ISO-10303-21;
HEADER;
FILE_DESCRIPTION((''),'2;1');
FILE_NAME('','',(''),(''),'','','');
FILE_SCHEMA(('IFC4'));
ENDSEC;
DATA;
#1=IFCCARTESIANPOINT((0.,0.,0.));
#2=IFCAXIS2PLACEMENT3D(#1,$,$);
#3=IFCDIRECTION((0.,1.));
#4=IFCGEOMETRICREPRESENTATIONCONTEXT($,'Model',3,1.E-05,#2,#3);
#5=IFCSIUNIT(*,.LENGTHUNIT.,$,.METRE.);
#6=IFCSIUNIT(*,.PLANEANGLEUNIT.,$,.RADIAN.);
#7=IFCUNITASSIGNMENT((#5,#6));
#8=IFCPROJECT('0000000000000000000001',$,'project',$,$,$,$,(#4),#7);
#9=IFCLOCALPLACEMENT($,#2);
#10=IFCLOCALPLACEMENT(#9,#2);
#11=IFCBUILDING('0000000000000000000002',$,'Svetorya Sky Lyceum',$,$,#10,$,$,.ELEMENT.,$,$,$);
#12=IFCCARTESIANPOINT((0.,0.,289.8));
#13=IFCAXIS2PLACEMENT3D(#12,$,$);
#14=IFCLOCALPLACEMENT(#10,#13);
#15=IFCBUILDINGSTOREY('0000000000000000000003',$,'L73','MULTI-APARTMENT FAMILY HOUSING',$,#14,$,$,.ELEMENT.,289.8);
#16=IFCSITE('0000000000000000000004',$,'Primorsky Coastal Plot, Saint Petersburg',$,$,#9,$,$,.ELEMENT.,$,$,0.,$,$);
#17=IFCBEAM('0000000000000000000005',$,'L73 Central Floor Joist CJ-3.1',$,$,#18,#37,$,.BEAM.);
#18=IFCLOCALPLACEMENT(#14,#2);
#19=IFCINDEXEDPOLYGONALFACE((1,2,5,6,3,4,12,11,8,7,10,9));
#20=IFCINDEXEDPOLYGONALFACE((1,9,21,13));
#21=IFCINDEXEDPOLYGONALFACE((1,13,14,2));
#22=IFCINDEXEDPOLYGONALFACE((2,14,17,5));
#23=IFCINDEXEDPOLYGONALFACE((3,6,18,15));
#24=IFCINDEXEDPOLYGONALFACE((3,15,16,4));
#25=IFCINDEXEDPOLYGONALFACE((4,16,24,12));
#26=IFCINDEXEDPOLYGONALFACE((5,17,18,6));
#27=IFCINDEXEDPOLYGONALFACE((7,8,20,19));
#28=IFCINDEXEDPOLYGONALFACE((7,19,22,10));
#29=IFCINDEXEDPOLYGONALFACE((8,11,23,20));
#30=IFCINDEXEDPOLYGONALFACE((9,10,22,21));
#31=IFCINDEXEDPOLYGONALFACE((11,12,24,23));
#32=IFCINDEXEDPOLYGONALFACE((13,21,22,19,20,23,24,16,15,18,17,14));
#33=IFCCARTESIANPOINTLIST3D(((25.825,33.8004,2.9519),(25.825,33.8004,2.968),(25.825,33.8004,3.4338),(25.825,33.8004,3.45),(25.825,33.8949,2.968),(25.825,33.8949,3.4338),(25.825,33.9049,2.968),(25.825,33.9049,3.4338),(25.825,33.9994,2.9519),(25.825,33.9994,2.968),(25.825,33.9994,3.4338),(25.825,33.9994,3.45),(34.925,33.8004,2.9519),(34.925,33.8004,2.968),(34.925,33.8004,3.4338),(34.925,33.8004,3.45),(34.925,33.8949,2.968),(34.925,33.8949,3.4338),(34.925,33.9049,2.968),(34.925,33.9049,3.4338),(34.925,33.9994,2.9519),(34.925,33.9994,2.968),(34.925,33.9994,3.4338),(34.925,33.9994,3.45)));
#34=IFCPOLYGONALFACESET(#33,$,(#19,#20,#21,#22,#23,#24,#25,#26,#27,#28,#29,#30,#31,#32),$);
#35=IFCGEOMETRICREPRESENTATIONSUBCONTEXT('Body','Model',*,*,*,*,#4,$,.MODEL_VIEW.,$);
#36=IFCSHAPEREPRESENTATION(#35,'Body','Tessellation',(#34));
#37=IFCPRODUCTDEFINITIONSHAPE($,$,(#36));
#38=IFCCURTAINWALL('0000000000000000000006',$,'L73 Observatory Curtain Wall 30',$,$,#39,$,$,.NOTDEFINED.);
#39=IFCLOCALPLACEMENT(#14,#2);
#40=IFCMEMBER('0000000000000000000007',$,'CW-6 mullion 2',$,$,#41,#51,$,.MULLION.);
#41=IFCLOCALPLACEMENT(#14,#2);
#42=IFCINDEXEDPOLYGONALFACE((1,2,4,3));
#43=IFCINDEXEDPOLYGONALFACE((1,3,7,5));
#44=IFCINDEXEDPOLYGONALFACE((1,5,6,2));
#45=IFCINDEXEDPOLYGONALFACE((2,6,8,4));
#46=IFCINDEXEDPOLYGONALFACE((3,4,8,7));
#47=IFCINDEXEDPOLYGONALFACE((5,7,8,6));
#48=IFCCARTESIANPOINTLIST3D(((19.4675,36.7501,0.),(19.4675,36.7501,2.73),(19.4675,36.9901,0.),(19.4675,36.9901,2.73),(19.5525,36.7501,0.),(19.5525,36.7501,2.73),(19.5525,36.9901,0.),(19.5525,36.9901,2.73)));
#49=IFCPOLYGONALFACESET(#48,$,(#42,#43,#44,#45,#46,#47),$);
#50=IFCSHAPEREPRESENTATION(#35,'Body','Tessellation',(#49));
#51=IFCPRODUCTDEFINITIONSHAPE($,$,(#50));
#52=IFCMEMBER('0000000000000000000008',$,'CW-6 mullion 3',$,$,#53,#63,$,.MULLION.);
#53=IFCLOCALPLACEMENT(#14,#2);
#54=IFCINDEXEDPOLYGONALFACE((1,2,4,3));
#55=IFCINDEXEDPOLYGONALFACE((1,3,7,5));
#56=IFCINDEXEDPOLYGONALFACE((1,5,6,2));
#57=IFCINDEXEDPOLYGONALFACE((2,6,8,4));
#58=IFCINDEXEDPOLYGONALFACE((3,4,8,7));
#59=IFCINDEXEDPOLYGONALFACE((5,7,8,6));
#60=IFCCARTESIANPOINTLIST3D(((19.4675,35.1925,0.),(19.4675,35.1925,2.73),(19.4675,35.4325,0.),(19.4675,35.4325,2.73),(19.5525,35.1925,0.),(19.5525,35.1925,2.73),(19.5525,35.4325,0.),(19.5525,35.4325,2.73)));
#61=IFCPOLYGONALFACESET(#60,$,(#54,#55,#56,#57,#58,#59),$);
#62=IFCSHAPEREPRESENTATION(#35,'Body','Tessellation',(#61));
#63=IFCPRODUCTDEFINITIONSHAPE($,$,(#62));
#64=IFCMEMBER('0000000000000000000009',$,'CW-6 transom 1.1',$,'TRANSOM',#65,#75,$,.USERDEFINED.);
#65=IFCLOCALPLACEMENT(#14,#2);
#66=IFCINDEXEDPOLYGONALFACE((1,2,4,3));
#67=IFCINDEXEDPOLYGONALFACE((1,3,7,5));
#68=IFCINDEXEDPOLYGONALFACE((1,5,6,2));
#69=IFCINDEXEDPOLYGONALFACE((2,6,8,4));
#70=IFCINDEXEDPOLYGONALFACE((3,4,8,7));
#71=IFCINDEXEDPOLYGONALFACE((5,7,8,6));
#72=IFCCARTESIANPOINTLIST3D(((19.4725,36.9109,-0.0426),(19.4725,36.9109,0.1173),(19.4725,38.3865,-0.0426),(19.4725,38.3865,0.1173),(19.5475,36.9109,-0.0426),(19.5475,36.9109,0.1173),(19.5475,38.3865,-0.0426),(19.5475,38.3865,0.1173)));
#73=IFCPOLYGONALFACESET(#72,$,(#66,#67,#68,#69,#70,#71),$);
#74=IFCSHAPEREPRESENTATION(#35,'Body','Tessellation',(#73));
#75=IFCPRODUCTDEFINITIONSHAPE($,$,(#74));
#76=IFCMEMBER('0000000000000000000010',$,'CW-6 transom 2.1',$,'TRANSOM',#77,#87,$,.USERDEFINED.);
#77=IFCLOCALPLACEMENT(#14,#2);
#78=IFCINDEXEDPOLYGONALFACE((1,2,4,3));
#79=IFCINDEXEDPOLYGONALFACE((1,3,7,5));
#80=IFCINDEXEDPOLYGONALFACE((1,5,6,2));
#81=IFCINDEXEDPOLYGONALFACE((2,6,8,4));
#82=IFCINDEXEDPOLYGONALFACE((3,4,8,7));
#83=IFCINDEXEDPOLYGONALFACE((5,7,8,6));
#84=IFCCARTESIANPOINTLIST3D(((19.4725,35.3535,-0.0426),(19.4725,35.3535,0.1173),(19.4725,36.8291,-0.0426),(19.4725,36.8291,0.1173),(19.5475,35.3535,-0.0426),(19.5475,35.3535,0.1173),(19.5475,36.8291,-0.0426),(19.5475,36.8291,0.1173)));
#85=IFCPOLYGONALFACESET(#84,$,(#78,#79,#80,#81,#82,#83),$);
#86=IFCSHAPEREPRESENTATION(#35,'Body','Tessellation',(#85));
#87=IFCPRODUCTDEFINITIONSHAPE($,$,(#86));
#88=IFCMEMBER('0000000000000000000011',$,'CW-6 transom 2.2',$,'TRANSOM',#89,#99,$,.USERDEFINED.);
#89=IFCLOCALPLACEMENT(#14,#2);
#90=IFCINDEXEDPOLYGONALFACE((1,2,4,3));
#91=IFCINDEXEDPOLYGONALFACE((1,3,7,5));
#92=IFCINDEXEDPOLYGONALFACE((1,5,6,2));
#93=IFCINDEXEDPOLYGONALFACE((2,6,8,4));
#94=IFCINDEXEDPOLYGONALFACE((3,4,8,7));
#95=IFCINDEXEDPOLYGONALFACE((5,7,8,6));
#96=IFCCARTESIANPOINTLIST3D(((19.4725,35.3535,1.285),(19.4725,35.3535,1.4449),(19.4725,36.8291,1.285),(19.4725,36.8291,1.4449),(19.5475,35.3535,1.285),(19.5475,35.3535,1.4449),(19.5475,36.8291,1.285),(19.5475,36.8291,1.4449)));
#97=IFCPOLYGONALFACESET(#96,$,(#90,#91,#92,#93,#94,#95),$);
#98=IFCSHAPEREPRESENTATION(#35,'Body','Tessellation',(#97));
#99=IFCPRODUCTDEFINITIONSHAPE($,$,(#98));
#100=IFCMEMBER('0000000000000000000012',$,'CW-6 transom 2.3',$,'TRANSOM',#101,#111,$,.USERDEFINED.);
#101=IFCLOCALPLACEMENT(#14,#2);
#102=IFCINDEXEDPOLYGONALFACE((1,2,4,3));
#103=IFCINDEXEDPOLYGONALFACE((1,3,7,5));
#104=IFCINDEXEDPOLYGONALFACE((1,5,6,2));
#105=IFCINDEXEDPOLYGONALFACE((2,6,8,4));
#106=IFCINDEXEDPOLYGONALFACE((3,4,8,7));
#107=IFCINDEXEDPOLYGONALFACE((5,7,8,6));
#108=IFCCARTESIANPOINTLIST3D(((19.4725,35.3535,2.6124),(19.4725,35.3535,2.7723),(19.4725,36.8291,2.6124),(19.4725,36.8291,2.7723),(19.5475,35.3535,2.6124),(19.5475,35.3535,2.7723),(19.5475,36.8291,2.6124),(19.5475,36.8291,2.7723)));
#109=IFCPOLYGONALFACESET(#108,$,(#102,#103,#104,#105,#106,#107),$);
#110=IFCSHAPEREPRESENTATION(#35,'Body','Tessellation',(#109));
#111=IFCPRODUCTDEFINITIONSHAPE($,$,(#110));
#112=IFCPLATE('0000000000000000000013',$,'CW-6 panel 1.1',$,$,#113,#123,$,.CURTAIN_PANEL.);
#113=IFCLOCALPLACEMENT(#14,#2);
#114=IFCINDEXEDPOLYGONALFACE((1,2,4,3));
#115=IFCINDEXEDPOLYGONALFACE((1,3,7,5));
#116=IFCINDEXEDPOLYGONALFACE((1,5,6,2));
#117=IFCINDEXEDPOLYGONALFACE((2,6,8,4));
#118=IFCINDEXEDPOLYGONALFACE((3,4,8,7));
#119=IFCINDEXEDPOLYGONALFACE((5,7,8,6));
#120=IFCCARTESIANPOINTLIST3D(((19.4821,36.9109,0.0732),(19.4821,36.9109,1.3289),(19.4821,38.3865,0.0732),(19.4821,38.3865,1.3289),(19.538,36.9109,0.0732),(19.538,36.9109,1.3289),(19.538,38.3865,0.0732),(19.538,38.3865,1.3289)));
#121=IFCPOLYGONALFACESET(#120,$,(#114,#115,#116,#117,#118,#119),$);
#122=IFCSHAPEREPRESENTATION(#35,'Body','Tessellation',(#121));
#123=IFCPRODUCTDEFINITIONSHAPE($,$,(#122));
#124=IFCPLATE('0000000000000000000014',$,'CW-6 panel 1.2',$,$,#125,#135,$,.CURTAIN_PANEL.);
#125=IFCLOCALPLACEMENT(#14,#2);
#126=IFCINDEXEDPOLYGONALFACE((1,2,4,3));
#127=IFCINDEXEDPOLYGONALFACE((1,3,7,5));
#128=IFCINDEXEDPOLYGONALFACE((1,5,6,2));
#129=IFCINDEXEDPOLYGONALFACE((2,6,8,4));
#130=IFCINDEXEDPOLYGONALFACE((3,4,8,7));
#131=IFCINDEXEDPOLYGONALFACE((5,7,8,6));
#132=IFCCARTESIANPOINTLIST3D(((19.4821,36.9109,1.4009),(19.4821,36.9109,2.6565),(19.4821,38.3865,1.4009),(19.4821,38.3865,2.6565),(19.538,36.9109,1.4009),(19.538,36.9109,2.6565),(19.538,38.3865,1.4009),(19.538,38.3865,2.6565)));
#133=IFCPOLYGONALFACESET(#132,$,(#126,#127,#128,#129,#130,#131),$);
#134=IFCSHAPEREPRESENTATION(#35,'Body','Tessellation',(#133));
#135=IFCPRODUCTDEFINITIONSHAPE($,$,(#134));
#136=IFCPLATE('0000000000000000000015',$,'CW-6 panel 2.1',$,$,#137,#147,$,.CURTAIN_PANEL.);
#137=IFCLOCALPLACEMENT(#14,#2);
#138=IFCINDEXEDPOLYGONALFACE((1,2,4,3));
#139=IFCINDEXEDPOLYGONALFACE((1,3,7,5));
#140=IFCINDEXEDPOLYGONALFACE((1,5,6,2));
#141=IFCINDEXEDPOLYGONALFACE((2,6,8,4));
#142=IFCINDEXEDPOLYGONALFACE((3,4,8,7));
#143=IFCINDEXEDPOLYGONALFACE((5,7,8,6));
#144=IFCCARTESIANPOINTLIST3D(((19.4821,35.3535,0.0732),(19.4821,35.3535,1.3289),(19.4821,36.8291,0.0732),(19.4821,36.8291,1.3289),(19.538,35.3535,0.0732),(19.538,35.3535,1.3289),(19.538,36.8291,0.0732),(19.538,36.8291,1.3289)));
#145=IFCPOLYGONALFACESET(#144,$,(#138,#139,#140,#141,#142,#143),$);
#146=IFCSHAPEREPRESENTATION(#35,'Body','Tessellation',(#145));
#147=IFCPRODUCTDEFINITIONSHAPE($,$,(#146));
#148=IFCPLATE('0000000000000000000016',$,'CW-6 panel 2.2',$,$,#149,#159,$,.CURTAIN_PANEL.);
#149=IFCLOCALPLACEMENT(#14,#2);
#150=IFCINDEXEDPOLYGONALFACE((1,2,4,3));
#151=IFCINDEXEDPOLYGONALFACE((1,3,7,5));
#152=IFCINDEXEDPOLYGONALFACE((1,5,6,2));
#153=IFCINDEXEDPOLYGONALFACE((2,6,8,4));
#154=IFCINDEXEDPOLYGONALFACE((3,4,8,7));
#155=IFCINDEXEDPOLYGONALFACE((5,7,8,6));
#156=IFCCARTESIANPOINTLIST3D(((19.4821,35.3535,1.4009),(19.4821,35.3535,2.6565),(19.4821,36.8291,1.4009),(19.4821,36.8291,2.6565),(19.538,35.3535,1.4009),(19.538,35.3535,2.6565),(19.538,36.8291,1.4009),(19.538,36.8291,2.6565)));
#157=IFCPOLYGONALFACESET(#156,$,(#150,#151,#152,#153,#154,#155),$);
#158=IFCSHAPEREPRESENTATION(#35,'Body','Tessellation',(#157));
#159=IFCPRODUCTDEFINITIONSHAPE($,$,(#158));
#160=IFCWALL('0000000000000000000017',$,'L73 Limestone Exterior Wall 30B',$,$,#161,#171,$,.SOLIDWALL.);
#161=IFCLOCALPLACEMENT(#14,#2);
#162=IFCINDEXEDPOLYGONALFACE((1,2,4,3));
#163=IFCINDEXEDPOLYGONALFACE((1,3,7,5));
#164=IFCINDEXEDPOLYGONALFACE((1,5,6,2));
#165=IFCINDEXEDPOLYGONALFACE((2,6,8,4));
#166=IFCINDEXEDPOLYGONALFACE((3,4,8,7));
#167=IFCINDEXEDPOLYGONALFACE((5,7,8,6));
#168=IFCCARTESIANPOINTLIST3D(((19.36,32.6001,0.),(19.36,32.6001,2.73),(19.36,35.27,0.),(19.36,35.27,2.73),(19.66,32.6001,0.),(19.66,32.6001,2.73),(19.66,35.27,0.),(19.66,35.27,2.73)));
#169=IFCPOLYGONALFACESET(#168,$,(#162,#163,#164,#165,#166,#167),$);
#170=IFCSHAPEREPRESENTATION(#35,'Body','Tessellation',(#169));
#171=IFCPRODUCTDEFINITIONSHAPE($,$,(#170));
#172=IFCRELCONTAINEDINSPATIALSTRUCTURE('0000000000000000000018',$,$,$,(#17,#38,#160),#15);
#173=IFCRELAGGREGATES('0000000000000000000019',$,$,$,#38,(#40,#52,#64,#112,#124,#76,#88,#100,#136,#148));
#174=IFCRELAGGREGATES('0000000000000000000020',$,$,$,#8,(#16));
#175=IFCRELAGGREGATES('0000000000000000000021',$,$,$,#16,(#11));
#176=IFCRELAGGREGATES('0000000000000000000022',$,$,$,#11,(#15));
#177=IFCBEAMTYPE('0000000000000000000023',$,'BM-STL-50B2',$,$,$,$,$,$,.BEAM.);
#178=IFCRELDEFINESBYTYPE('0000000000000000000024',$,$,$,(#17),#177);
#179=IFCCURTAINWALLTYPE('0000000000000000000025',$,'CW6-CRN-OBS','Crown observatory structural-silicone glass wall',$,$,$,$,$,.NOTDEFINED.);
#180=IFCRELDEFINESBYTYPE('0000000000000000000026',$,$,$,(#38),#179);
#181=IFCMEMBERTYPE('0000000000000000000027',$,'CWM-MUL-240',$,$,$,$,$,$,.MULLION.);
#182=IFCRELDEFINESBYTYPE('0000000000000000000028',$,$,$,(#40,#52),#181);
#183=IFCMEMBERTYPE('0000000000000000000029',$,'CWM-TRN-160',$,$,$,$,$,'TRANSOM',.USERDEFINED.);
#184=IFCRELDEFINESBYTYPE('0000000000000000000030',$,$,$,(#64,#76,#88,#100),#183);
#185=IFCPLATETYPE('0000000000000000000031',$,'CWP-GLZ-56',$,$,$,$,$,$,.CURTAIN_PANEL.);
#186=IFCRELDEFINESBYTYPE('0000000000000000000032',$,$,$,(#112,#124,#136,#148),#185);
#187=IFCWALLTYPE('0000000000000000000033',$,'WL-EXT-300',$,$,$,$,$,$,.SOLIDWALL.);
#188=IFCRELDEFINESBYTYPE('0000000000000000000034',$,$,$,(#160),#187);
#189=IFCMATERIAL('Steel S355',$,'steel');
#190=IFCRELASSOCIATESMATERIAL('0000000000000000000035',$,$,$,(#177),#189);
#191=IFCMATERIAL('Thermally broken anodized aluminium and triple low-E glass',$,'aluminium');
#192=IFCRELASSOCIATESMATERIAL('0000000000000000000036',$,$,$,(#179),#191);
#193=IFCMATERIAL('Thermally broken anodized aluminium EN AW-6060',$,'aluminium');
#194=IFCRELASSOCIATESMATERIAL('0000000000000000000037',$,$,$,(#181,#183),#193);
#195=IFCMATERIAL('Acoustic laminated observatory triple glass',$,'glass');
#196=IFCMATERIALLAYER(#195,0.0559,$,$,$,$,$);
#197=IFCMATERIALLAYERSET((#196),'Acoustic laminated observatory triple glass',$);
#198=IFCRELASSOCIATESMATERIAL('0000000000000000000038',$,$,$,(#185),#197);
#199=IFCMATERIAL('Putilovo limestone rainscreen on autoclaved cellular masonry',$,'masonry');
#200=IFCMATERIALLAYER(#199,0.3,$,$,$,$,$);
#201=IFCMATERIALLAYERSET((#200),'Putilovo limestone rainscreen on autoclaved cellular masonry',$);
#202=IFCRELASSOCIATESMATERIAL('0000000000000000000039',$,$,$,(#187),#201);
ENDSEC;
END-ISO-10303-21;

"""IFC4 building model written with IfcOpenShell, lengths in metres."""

from ifc_helpers import new_model, si_unit, direction, frame, frame_2d, origin, origin_2d, place, context, subcontext, project, spatial, rectangle, i_section, extrude, material, layer, layer_set, material_profile, profile_set, type_object, element, aggregate, save


model = new_model("IFC4")

# Units and contexts
model_context = context("Model", 3, precision=1e-05, world=origin(), true_north=direction((0.0, 1.0)))
body_context = subcontext(model_context, "Body", "Model", "MODEL_VIEW")
ifc_project = project(units=[si_unit("LENGTHUNIT", "METRE"), si_unit("PLANEANGLEUNIT", "RADIAN")], contexts=[model_context])

# Site, building, storey
site_placement = place(None, origin())
site = spatial("IfcSite", under=ifc_project, at=site_placement, Name="Primorsky Coastal Plot, Saint Petersburg", CompositionType="ELEMENT", RefElevation=0.0)
building_placement = place(site_placement, origin())
building = spatial("IfcBuilding", under=site, at=building_placement, Name="Svetorya Sky Lyceum", CompositionType="ELEMENT")
storey_placement = place(building_placement, frame((0.0, 0.0, 289.8)))
storey = spatial("IfcBuildingStorey", under=building, at=storey_placement, Name="L73", Description="MULTI-APARTMENT FAMILY HOUSING", CompositionType="ELEMENT", Elevation=289.8)

# Beam
ifc_material_1 = material(Name="Steel S355", Category="steel")
ifc_material_profile_1 = material_profile(ifc_material_1, i_section(OverallWidth=0.199, OverallDepth=0.498, WebThickness=0.01, FlangeThickness=0.0161, at=origin_2d()), Name="GOST 50B2")
ifc_profile_set_1 = profile_set([ifc_material_profile_1], Name="Steel S355")
beam_type = type_object("IfcBeamType", Name="BM-STL-50B2", PredefinedType="BEAM", material=ifc_profile_set_1)
beam_placement = place(storey_placement, frame((25.825, 33.8999, 3.2009), z_axis=(1.0, 0.0, 0.0), x_axis=(0.0, 1.0, 0.0)))
element("IfcBeam", 1, at=beam_placement, inside=storey, type_object=beam_type, Name="L73 Central Floor Joist CJ-3.1", PredefinedType="BEAM", context=body_context, shape_type="SweptSolid", body=[
    extrude(i_section(OverallWidth=0.199, OverallDepth=0.498, WebThickness=0.01, FlangeThickness=0.0161, at=origin_2d()), origin(), (0.0, 0.0, 1.0), 9.1001),
])

# Curtain wall, members, plates
ifc_material_2 = material(Name="Thermally broken anodized aluminium and triple low-E glass", Category="aluminium")
curtain_wall_type = type_object("IfcCurtainWallType", Name="CW6-CRN-OBS", Description="Crown observatory structural-silicone glass wall", PredefinedType="NOTDEFINED", material=ifc_material_2)
curtain_wall_placement = place(storey_placement, origin())
curtain_wall = element("IfcCurtainWall", 2, at=curtain_wall_placement, inside=storey, type_object=curtain_wall_type, Name="L73 Observatory Curtain Wall 30", PredefinedType="NOTDEFINED")
ifc_material_3 = material(Name="Thermally broken anodized aluminium EN AW-6060", Category="aluminium")
ifc_material_profile_2 = material_profile(ifc_material_3, rectangle(XDim=0.085, YDim=0.24, at=origin_2d()), Name="ALU MULLION 85x240")
ifc_profile_set_2 = profile_set([ifc_material_profile_2], Name="Thermally broken anodized aluminium EN AW-6060")
member_type_1 = type_object("IfcMemberType", Name="CWM-MUL-240", PredefinedType="MULLION", material=ifc_profile_set_2)
member_1_placement = place(storey_placement, frame((19.51, 36.8701, 0.0), z_axis=(0.0, 0.0, 1.0), x_axis=(1.0, 0.0, 0.0)))
member_1 = element("IfcMember", 3, at=member_1_placement, type_object=member_type_1, Name="CW-6 mullion 2", PredefinedType="MULLION", context=body_context, shape_type="SweptSolid", body=[
    extrude(rectangle(XDim=0.085, YDim=0.24, at=origin_2d()), origin(), (0.0, 0.0, 1.0), 2.73),
])
member_2_placement = place(storey_placement, frame((19.51, 35.3125, 0.0), z_axis=(0.0, 0.0, 1.0), x_axis=(1.0, 0.0, 0.0)))
member_2 = element("IfcMember", 4, at=member_2_placement, type_object=member_type_1, Name="CW-6 mullion 3", PredefinedType="MULLION", context=body_context, shape_type="SweptSolid", body=[
    extrude(rectangle(XDim=0.085, YDim=0.24, at=origin_2d()), origin(), (0.0, 0.0, 1.0), 2.73),
])
ifc_material_profile_3 = material_profile(ifc_material_3, rectangle(XDim=0.075, YDim=0.1599, at=origin_2d()), Name="ALU TRANSOM 75x160")
ifc_profile_set_3 = profile_set([ifc_material_profile_3], Name="Thermally broken anodized aluminium EN AW-6060")
member_type_2 = type_object("IfcMemberType", Name="CWM-TRN-160", ElementType="TRANSOM", PredefinedType="USERDEFINED", material=ifc_profile_set_3)
member_3_placement = place(storey_placement, frame((19.51, 38.3865, 0.0374), z_axis=(0.0, -1.0, 0.0), x_axis=(1.0, 0.0, 0.0)))
member_3 = element("IfcMember", 5, at=member_3_placement, type_object=member_type_2, Name="CW-6 transom 1.1", ObjectType="TRANSOM", PredefinedType="USERDEFINED", context=body_context, shape_type="SweptSolid", body=[
    extrude(rectangle(XDim=0.075, YDim=0.1599, at=origin_2d()), origin(), (0.0, 0.0, 1.0), 1.4756),
])
member_4_placement = place(storey_placement, frame((19.51, 36.8291, 0.0374), z_axis=(0.0, -1.0, 0.0), x_axis=(1.0, 0.0, 0.0)))
member_4 = element("IfcMember", 6, at=member_4_placement, type_object=member_type_2, Name="CW-6 transom 2.1", ObjectType="TRANSOM", PredefinedType="USERDEFINED", context=body_context, shape_type="SweptSolid", body=[
    extrude(rectangle(XDim=0.075, YDim=0.1599, at=origin_2d()), origin(), (0.0, 0.0, 1.0), 1.4756),
])
member_5_placement = place(storey_placement, frame((19.51, 36.8291, 1.365), z_axis=(0.0, -1.0, 0.0), x_axis=(1.0, 0.0, 0.0)))
member_5 = element("IfcMember", 7, at=member_5_placement, type_object=member_type_2, Name="CW-6 transom 2.2", ObjectType="TRANSOM", PredefinedType="USERDEFINED", context=body_context, shape_type="SweptSolid", body=[
    extrude(rectangle(XDim=0.075, YDim=0.1599, at=origin_2d()), origin(), (0.0, 0.0, 1.0), 1.4756),
])
member_6_placement = place(storey_placement, frame((19.51, 36.8291, 2.6924), z_axis=(0.0, -1.0, 0.0), x_axis=(1.0, 0.0, 0.0)))
member_6 = element("IfcMember", 8, at=member_6_placement, type_object=member_type_2, Name="CW-6 transom 2.3", ObjectType="TRANSOM", PredefinedType="USERDEFINED", context=body_context, shape_type="SweptSolid", body=[
    extrude(rectangle(XDim=0.075, YDim=0.1599, at=origin_2d()), origin(), (0.0, 0.0, 1.0), 1.4756),
])
ifc_material_4 = material(Name="Acoustic laminated observatory triple glass", Category="glass")
ifc_layer_1 = layer(ifc_material_4, 0.0559)
ifc_layer_set_1 = layer_set([ifc_layer_1], Name="Acoustic laminated observatory triple glass")
plate_type = type_object("IfcPlateType", Name="CWP-GLZ-56", PredefinedType="CURTAIN_PANEL", material=ifc_layer_set_1)
plate_1_placement = place(storey_placement, frame((19.51, 37.6487, 0.0732), z_axis=(0.0, 0.0, 1.0), x_axis=(0.0, -1.0, 0.0)))
plate_1 = element("IfcPlate", 9, at=plate_1_placement, type_object=plate_type, Name="CW-6 panel 1.1", PredefinedType="CURTAIN_PANEL", context=body_context, shape_type="SweptSolid", body=[
    extrude(rectangle(XDim=1.4756, YDim=0.0559, at=origin_2d()), origin(), (0.0, 0.0, 1.0), 1.2556),
])
plate_2_placement = place(storey_placement, frame((19.51, 37.6487, 1.4009), z_axis=(0.0, 0.0, 1.0), x_axis=(0.0, -1.0, 0.0)))
plate_2 = element("IfcPlate", 10, at=plate_2_placement, type_object=plate_type, Name="CW-6 panel 1.2", PredefinedType="CURTAIN_PANEL", context=body_context, shape_type="SweptSolid", body=[
    extrude(rectangle(XDim=1.4756, YDim=0.0559, at=origin_2d()), origin(), (0.0, 0.0, 1.0), 1.2556),
])
plate_3_placement = place(storey_placement, frame((19.51, 36.0913, 0.0732), z_axis=(0.0, 0.0, 1.0), x_axis=(0.0, -1.0, 0.0)))
plate_3 = element("IfcPlate", 11, at=plate_3_placement, type_object=plate_type, Name="CW-6 panel 2.1", PredefinedType="CURTAIN_PANEL", context=body_context, shape_type="SweptSolid", body=[
    extrude(rectangle(XDim=1.4756, YDim=0.0559, at=origin_2d()), origin(), (0.0, 0.0, 1.0), 1.2556),
])
plate_4_placement = place(storey_placement, frame((19.51, 36.0913, 1.4009), z_axis=(0.0, 0.0, 1.0), x_axis=(0.0, -1.0, 0.0)))
plate_4 = element("IfcPlate", 12, at=plate_4_placement, type_object=plate_type, Name="CW-6 panel 2.2", PredefinedType="CURTAIN_PANEL", context=body_context, shape_type="SweptSolid", body=[
    extrude(rectangle(XDim=1.4756, YDim=0.0559, at=origin_2d()), origin(), (0.0, 0.0, 1.0), 1.2556),
])
aggregate(curtain_wall, [member_1, member_2, member_3, plate_1, plate_2, member_4, member_5, member_6, plate_3, plate_4])

# Wall
ifc_material_5 = material(Name="Putilovo limestone rainscreen on autoclaved cellular masonry", Category="masonry")
ifc_layer_2 = layer(ifc_material_5, 0.3)
ifc_layer_set_2 = layer_set([ifc_layer_2], Name="Putilovo limestone rainscreen on autoclaved cellular masonry")
wall_type_1 = type_object("IfcWallType", Name="WL-EXT-300", PredefinedType="SOLIDWALL", material=ifc_layer_set_2)
wall_1_placement = place(storey_placement, frame((19.51, 35.27, 0.0), z_axis=(0.0, 0.0, 1.0), x_axis=(0.0, -1.0, 0.0)))
element("IfcWall", 13, at=wall_1_placement, inside=storey, type_object=wall_type_1, Name="L73 Limestone Exterior Wall 30B", PredefinedType="SOLIDWALL", context=body_context, shape_type="SweptSolid", body=[
    extrude(rectangle(XDim=2.6699, YDim=0.3, at=frame_2d((1.335, 0.0))), origin(), (0.0, 0.0, 1.0), 2.73),
])

save(model, "model.ifc")
